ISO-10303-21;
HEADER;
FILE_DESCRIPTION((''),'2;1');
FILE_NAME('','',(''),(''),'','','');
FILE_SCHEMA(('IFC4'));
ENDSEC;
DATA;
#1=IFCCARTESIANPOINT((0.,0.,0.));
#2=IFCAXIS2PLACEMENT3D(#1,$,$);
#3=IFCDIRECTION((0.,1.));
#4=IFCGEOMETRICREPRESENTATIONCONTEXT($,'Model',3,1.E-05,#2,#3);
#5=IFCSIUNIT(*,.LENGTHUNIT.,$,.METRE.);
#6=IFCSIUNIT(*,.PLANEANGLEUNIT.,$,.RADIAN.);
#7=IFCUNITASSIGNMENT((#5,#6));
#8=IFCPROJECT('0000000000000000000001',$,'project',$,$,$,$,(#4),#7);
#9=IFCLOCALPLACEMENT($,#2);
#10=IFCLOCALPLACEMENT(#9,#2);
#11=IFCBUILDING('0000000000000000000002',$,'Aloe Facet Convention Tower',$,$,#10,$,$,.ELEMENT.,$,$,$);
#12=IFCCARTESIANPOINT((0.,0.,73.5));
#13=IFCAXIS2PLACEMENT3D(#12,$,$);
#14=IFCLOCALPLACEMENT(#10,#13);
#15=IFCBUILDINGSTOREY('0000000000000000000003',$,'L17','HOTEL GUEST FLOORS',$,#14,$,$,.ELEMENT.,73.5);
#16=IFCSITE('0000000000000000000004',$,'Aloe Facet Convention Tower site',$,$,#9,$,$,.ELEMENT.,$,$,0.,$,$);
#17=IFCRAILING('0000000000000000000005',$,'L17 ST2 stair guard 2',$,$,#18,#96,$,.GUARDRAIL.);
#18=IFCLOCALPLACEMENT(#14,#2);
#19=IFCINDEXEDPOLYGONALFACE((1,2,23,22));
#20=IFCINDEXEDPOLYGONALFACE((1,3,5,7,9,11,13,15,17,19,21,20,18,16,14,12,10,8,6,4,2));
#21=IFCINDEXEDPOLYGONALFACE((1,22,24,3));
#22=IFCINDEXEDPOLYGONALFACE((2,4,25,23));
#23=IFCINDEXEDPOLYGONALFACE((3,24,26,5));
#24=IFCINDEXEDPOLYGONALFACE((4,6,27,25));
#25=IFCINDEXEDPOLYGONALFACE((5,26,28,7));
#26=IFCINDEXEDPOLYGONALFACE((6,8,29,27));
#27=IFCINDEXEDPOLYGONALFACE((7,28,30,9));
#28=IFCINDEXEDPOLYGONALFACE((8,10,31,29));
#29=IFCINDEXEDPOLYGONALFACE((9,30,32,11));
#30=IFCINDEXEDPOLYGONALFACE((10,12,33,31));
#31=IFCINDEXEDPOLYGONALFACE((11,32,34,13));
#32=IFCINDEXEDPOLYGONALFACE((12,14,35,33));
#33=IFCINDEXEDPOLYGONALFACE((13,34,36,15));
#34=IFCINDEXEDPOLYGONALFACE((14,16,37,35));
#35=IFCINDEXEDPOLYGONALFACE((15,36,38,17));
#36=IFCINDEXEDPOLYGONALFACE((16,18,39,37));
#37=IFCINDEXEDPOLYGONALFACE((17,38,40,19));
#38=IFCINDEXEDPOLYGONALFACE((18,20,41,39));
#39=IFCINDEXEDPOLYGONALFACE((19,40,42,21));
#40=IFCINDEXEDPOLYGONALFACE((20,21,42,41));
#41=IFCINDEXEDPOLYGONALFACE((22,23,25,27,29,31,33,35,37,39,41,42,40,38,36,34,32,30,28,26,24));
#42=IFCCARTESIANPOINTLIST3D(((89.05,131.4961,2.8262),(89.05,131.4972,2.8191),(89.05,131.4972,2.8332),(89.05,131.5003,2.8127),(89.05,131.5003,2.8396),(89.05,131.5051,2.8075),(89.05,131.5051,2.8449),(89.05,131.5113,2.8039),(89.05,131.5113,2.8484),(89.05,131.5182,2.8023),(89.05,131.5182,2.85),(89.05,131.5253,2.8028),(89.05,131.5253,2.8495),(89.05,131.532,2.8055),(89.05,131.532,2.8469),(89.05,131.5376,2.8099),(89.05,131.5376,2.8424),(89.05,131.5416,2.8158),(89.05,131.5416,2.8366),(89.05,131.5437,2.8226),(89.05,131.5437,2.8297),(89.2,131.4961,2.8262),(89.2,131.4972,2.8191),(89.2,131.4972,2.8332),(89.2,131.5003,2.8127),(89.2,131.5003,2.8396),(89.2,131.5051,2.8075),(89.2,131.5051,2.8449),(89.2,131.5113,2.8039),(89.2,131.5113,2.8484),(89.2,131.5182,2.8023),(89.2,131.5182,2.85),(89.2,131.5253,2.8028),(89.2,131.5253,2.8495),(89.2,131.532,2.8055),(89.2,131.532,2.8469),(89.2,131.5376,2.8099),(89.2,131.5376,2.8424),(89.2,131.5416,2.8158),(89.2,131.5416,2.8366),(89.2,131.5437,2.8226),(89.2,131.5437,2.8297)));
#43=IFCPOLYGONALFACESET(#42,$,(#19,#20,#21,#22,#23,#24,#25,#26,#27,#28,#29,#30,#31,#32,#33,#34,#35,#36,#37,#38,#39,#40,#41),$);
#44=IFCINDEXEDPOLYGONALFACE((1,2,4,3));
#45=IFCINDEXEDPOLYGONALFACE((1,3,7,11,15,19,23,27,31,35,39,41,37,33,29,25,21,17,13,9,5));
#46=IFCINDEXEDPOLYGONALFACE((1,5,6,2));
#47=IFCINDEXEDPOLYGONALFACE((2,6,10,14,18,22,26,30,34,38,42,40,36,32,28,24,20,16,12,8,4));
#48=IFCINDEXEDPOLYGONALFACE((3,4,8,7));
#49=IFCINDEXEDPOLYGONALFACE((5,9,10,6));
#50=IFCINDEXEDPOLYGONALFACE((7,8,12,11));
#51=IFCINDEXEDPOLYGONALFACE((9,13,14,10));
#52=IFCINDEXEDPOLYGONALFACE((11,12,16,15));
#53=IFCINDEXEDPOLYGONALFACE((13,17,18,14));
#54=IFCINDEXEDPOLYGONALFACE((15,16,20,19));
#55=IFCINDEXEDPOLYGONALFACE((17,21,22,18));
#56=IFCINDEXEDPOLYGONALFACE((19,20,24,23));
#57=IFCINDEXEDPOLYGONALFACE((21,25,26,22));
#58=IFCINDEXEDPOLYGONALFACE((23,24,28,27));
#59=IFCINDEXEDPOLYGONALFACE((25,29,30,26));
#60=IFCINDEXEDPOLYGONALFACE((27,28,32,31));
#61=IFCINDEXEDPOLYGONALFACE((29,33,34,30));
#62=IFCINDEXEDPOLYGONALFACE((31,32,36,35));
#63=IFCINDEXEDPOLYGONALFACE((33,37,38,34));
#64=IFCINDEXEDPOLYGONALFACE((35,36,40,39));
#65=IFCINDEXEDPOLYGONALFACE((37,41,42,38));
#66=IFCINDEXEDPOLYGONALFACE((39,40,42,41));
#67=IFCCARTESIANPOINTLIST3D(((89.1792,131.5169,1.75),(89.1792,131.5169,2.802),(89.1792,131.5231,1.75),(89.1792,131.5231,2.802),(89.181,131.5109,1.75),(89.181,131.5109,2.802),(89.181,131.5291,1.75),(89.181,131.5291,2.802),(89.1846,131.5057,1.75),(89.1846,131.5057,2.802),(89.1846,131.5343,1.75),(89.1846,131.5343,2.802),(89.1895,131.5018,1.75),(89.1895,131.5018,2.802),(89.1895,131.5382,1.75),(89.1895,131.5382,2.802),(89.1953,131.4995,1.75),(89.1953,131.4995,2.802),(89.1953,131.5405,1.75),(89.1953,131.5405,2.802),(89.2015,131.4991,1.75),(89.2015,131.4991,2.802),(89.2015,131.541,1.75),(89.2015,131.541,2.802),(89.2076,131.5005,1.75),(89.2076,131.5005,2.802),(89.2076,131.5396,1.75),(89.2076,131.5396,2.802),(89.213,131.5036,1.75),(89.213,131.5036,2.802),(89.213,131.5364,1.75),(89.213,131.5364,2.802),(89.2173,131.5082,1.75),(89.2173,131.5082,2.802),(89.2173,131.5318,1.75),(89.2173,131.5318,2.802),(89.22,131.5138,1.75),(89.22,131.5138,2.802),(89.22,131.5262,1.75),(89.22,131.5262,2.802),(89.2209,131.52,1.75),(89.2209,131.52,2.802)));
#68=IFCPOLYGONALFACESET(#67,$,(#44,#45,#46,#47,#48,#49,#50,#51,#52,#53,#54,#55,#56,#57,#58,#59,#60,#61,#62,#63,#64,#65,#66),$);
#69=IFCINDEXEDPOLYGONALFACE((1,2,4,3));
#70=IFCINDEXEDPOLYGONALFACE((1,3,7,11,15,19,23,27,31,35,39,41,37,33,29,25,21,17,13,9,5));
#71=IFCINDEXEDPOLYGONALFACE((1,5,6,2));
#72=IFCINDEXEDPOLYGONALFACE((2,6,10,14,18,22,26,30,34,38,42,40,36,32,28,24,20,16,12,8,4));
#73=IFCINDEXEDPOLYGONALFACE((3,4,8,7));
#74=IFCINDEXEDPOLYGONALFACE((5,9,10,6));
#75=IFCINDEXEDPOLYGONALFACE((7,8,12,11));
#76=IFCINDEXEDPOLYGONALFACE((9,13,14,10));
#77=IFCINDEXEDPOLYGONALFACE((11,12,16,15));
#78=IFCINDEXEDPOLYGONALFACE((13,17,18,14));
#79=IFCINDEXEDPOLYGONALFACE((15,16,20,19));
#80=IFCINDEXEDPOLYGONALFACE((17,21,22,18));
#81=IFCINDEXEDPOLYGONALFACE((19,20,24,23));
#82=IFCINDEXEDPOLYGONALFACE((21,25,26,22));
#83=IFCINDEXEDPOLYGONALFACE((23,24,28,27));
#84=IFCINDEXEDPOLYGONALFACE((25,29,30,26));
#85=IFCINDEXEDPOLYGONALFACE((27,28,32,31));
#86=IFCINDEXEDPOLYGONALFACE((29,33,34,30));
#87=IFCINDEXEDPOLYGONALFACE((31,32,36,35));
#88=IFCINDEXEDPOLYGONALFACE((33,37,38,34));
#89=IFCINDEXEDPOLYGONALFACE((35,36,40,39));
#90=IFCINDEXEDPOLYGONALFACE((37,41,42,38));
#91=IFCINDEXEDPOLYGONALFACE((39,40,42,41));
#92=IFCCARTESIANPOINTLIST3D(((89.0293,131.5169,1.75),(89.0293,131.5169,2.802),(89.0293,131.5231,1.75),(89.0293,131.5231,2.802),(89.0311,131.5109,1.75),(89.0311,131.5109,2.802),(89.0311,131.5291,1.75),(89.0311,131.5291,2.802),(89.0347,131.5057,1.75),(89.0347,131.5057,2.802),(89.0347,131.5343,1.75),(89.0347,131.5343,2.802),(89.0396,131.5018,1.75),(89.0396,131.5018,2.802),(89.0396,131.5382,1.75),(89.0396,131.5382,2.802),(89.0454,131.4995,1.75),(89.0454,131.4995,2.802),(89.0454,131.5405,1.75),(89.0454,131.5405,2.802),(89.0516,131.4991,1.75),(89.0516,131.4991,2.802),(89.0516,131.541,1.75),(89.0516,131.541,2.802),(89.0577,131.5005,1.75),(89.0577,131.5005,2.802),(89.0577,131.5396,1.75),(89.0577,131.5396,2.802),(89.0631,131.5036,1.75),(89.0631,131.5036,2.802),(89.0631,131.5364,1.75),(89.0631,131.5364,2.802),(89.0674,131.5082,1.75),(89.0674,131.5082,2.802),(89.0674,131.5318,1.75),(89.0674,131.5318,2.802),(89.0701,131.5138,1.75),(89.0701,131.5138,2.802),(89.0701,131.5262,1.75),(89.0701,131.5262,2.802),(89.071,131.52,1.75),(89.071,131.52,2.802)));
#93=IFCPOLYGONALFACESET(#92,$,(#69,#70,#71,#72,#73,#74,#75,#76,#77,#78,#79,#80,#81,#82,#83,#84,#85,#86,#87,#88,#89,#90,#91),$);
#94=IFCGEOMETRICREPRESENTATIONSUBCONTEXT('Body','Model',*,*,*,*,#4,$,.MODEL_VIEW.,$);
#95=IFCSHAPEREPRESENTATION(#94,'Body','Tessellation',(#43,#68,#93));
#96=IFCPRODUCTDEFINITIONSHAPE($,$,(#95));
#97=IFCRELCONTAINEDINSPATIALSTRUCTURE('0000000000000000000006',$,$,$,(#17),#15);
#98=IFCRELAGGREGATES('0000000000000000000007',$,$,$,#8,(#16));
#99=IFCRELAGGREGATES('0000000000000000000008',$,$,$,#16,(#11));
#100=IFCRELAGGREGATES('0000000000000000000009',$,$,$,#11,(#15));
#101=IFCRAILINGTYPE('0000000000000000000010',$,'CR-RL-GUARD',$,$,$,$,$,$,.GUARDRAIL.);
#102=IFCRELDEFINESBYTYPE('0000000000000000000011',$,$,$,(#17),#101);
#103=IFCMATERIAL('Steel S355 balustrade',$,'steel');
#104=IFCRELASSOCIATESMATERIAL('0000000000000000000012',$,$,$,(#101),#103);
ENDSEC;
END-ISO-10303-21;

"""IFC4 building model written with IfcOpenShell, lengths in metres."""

from ifc_helpers import new_model, si_unit, direction, frame, origin, origin_2d, place, context, subcontext, project, spatial, circle, extrude, material, type_object, element, save


model = new_model("IFC4")

# Units and contexts
model_context = context("Model", 3, precision=1e-05, world=origin(), true_north=direction((0.0, 1.0)))
body_context = subcontext(model_context, "Body", "Model", "MODEL_VIEW")
ifc_project = project(units=[si_unit("LENGTHUNIT", "METRE"), si_unit("PLANEANGLEUNIT", "RADIAN")], contexts=[model_context])

# Site, building, storey
site_placement = place(None, origin())
site = spatial("IfcSite", under=ifc_project, at=site_placement, Name="Aloe Facet Convention Tower site", CompositionType="ELEMENT", RefElevation=0.0)
building_placement = place(site_placement, origin())
building = spatial("IfcBuilding", under=site, at=building_placement, Name="Aloe Facet Convention Tower", CompositionType="ELEMENT")
storey_placement = place(building_placement, frame((0.0, 0.0, 73.5)))
storey = spatial("IfcBuildingStorey", under=building, at=storey_placement, Name="L17", Description="HOTEL GUEST FLOORS", CompositionType="ELEMENT", Elevation=73.5)

# Railing
ifc_material_1 = material(Name="Steel S355 balustrade", Category="steel")
railing_type_1 = type_object("IfcRailingType", Name="CR-RL-GUARD", PredefinedType="GUARDRAIL", material=ifc_material_1)
railing_1_placement = place(storey_placement, frame((89.2, 131.52, 1.75)))
element("IfcRailing", 1, at=railing_1_placement, inside=storey, type_object=railing_type_1, Name="L17 ST2 stair guard 2", PredefinedType="GUARDRAIL", context=body_context, shape_type="SweptSolid", body=[
    extrude(circle(Radius=0.0239, at=origin_2d()), frame((0.0, 0.0, 1.0762), z_axis=(-1.0, 0.0, 0.0), x_axis=(0.0, -1.0, 0.0)), (0.0, 0.0, 1.0), 0.1499),
    extrude(circle(Radius=0.021, at=origin_2d()), origin(), (0.0, 0.0, 1.0), 1.052),
    extrude(circle(Radius=0.021, at=origin_2d()), frame((-0.1499, 0.0, 0.0)), (0.0, 0.0, 1.0), 1.052),
])

save(model, "model.ifc")
